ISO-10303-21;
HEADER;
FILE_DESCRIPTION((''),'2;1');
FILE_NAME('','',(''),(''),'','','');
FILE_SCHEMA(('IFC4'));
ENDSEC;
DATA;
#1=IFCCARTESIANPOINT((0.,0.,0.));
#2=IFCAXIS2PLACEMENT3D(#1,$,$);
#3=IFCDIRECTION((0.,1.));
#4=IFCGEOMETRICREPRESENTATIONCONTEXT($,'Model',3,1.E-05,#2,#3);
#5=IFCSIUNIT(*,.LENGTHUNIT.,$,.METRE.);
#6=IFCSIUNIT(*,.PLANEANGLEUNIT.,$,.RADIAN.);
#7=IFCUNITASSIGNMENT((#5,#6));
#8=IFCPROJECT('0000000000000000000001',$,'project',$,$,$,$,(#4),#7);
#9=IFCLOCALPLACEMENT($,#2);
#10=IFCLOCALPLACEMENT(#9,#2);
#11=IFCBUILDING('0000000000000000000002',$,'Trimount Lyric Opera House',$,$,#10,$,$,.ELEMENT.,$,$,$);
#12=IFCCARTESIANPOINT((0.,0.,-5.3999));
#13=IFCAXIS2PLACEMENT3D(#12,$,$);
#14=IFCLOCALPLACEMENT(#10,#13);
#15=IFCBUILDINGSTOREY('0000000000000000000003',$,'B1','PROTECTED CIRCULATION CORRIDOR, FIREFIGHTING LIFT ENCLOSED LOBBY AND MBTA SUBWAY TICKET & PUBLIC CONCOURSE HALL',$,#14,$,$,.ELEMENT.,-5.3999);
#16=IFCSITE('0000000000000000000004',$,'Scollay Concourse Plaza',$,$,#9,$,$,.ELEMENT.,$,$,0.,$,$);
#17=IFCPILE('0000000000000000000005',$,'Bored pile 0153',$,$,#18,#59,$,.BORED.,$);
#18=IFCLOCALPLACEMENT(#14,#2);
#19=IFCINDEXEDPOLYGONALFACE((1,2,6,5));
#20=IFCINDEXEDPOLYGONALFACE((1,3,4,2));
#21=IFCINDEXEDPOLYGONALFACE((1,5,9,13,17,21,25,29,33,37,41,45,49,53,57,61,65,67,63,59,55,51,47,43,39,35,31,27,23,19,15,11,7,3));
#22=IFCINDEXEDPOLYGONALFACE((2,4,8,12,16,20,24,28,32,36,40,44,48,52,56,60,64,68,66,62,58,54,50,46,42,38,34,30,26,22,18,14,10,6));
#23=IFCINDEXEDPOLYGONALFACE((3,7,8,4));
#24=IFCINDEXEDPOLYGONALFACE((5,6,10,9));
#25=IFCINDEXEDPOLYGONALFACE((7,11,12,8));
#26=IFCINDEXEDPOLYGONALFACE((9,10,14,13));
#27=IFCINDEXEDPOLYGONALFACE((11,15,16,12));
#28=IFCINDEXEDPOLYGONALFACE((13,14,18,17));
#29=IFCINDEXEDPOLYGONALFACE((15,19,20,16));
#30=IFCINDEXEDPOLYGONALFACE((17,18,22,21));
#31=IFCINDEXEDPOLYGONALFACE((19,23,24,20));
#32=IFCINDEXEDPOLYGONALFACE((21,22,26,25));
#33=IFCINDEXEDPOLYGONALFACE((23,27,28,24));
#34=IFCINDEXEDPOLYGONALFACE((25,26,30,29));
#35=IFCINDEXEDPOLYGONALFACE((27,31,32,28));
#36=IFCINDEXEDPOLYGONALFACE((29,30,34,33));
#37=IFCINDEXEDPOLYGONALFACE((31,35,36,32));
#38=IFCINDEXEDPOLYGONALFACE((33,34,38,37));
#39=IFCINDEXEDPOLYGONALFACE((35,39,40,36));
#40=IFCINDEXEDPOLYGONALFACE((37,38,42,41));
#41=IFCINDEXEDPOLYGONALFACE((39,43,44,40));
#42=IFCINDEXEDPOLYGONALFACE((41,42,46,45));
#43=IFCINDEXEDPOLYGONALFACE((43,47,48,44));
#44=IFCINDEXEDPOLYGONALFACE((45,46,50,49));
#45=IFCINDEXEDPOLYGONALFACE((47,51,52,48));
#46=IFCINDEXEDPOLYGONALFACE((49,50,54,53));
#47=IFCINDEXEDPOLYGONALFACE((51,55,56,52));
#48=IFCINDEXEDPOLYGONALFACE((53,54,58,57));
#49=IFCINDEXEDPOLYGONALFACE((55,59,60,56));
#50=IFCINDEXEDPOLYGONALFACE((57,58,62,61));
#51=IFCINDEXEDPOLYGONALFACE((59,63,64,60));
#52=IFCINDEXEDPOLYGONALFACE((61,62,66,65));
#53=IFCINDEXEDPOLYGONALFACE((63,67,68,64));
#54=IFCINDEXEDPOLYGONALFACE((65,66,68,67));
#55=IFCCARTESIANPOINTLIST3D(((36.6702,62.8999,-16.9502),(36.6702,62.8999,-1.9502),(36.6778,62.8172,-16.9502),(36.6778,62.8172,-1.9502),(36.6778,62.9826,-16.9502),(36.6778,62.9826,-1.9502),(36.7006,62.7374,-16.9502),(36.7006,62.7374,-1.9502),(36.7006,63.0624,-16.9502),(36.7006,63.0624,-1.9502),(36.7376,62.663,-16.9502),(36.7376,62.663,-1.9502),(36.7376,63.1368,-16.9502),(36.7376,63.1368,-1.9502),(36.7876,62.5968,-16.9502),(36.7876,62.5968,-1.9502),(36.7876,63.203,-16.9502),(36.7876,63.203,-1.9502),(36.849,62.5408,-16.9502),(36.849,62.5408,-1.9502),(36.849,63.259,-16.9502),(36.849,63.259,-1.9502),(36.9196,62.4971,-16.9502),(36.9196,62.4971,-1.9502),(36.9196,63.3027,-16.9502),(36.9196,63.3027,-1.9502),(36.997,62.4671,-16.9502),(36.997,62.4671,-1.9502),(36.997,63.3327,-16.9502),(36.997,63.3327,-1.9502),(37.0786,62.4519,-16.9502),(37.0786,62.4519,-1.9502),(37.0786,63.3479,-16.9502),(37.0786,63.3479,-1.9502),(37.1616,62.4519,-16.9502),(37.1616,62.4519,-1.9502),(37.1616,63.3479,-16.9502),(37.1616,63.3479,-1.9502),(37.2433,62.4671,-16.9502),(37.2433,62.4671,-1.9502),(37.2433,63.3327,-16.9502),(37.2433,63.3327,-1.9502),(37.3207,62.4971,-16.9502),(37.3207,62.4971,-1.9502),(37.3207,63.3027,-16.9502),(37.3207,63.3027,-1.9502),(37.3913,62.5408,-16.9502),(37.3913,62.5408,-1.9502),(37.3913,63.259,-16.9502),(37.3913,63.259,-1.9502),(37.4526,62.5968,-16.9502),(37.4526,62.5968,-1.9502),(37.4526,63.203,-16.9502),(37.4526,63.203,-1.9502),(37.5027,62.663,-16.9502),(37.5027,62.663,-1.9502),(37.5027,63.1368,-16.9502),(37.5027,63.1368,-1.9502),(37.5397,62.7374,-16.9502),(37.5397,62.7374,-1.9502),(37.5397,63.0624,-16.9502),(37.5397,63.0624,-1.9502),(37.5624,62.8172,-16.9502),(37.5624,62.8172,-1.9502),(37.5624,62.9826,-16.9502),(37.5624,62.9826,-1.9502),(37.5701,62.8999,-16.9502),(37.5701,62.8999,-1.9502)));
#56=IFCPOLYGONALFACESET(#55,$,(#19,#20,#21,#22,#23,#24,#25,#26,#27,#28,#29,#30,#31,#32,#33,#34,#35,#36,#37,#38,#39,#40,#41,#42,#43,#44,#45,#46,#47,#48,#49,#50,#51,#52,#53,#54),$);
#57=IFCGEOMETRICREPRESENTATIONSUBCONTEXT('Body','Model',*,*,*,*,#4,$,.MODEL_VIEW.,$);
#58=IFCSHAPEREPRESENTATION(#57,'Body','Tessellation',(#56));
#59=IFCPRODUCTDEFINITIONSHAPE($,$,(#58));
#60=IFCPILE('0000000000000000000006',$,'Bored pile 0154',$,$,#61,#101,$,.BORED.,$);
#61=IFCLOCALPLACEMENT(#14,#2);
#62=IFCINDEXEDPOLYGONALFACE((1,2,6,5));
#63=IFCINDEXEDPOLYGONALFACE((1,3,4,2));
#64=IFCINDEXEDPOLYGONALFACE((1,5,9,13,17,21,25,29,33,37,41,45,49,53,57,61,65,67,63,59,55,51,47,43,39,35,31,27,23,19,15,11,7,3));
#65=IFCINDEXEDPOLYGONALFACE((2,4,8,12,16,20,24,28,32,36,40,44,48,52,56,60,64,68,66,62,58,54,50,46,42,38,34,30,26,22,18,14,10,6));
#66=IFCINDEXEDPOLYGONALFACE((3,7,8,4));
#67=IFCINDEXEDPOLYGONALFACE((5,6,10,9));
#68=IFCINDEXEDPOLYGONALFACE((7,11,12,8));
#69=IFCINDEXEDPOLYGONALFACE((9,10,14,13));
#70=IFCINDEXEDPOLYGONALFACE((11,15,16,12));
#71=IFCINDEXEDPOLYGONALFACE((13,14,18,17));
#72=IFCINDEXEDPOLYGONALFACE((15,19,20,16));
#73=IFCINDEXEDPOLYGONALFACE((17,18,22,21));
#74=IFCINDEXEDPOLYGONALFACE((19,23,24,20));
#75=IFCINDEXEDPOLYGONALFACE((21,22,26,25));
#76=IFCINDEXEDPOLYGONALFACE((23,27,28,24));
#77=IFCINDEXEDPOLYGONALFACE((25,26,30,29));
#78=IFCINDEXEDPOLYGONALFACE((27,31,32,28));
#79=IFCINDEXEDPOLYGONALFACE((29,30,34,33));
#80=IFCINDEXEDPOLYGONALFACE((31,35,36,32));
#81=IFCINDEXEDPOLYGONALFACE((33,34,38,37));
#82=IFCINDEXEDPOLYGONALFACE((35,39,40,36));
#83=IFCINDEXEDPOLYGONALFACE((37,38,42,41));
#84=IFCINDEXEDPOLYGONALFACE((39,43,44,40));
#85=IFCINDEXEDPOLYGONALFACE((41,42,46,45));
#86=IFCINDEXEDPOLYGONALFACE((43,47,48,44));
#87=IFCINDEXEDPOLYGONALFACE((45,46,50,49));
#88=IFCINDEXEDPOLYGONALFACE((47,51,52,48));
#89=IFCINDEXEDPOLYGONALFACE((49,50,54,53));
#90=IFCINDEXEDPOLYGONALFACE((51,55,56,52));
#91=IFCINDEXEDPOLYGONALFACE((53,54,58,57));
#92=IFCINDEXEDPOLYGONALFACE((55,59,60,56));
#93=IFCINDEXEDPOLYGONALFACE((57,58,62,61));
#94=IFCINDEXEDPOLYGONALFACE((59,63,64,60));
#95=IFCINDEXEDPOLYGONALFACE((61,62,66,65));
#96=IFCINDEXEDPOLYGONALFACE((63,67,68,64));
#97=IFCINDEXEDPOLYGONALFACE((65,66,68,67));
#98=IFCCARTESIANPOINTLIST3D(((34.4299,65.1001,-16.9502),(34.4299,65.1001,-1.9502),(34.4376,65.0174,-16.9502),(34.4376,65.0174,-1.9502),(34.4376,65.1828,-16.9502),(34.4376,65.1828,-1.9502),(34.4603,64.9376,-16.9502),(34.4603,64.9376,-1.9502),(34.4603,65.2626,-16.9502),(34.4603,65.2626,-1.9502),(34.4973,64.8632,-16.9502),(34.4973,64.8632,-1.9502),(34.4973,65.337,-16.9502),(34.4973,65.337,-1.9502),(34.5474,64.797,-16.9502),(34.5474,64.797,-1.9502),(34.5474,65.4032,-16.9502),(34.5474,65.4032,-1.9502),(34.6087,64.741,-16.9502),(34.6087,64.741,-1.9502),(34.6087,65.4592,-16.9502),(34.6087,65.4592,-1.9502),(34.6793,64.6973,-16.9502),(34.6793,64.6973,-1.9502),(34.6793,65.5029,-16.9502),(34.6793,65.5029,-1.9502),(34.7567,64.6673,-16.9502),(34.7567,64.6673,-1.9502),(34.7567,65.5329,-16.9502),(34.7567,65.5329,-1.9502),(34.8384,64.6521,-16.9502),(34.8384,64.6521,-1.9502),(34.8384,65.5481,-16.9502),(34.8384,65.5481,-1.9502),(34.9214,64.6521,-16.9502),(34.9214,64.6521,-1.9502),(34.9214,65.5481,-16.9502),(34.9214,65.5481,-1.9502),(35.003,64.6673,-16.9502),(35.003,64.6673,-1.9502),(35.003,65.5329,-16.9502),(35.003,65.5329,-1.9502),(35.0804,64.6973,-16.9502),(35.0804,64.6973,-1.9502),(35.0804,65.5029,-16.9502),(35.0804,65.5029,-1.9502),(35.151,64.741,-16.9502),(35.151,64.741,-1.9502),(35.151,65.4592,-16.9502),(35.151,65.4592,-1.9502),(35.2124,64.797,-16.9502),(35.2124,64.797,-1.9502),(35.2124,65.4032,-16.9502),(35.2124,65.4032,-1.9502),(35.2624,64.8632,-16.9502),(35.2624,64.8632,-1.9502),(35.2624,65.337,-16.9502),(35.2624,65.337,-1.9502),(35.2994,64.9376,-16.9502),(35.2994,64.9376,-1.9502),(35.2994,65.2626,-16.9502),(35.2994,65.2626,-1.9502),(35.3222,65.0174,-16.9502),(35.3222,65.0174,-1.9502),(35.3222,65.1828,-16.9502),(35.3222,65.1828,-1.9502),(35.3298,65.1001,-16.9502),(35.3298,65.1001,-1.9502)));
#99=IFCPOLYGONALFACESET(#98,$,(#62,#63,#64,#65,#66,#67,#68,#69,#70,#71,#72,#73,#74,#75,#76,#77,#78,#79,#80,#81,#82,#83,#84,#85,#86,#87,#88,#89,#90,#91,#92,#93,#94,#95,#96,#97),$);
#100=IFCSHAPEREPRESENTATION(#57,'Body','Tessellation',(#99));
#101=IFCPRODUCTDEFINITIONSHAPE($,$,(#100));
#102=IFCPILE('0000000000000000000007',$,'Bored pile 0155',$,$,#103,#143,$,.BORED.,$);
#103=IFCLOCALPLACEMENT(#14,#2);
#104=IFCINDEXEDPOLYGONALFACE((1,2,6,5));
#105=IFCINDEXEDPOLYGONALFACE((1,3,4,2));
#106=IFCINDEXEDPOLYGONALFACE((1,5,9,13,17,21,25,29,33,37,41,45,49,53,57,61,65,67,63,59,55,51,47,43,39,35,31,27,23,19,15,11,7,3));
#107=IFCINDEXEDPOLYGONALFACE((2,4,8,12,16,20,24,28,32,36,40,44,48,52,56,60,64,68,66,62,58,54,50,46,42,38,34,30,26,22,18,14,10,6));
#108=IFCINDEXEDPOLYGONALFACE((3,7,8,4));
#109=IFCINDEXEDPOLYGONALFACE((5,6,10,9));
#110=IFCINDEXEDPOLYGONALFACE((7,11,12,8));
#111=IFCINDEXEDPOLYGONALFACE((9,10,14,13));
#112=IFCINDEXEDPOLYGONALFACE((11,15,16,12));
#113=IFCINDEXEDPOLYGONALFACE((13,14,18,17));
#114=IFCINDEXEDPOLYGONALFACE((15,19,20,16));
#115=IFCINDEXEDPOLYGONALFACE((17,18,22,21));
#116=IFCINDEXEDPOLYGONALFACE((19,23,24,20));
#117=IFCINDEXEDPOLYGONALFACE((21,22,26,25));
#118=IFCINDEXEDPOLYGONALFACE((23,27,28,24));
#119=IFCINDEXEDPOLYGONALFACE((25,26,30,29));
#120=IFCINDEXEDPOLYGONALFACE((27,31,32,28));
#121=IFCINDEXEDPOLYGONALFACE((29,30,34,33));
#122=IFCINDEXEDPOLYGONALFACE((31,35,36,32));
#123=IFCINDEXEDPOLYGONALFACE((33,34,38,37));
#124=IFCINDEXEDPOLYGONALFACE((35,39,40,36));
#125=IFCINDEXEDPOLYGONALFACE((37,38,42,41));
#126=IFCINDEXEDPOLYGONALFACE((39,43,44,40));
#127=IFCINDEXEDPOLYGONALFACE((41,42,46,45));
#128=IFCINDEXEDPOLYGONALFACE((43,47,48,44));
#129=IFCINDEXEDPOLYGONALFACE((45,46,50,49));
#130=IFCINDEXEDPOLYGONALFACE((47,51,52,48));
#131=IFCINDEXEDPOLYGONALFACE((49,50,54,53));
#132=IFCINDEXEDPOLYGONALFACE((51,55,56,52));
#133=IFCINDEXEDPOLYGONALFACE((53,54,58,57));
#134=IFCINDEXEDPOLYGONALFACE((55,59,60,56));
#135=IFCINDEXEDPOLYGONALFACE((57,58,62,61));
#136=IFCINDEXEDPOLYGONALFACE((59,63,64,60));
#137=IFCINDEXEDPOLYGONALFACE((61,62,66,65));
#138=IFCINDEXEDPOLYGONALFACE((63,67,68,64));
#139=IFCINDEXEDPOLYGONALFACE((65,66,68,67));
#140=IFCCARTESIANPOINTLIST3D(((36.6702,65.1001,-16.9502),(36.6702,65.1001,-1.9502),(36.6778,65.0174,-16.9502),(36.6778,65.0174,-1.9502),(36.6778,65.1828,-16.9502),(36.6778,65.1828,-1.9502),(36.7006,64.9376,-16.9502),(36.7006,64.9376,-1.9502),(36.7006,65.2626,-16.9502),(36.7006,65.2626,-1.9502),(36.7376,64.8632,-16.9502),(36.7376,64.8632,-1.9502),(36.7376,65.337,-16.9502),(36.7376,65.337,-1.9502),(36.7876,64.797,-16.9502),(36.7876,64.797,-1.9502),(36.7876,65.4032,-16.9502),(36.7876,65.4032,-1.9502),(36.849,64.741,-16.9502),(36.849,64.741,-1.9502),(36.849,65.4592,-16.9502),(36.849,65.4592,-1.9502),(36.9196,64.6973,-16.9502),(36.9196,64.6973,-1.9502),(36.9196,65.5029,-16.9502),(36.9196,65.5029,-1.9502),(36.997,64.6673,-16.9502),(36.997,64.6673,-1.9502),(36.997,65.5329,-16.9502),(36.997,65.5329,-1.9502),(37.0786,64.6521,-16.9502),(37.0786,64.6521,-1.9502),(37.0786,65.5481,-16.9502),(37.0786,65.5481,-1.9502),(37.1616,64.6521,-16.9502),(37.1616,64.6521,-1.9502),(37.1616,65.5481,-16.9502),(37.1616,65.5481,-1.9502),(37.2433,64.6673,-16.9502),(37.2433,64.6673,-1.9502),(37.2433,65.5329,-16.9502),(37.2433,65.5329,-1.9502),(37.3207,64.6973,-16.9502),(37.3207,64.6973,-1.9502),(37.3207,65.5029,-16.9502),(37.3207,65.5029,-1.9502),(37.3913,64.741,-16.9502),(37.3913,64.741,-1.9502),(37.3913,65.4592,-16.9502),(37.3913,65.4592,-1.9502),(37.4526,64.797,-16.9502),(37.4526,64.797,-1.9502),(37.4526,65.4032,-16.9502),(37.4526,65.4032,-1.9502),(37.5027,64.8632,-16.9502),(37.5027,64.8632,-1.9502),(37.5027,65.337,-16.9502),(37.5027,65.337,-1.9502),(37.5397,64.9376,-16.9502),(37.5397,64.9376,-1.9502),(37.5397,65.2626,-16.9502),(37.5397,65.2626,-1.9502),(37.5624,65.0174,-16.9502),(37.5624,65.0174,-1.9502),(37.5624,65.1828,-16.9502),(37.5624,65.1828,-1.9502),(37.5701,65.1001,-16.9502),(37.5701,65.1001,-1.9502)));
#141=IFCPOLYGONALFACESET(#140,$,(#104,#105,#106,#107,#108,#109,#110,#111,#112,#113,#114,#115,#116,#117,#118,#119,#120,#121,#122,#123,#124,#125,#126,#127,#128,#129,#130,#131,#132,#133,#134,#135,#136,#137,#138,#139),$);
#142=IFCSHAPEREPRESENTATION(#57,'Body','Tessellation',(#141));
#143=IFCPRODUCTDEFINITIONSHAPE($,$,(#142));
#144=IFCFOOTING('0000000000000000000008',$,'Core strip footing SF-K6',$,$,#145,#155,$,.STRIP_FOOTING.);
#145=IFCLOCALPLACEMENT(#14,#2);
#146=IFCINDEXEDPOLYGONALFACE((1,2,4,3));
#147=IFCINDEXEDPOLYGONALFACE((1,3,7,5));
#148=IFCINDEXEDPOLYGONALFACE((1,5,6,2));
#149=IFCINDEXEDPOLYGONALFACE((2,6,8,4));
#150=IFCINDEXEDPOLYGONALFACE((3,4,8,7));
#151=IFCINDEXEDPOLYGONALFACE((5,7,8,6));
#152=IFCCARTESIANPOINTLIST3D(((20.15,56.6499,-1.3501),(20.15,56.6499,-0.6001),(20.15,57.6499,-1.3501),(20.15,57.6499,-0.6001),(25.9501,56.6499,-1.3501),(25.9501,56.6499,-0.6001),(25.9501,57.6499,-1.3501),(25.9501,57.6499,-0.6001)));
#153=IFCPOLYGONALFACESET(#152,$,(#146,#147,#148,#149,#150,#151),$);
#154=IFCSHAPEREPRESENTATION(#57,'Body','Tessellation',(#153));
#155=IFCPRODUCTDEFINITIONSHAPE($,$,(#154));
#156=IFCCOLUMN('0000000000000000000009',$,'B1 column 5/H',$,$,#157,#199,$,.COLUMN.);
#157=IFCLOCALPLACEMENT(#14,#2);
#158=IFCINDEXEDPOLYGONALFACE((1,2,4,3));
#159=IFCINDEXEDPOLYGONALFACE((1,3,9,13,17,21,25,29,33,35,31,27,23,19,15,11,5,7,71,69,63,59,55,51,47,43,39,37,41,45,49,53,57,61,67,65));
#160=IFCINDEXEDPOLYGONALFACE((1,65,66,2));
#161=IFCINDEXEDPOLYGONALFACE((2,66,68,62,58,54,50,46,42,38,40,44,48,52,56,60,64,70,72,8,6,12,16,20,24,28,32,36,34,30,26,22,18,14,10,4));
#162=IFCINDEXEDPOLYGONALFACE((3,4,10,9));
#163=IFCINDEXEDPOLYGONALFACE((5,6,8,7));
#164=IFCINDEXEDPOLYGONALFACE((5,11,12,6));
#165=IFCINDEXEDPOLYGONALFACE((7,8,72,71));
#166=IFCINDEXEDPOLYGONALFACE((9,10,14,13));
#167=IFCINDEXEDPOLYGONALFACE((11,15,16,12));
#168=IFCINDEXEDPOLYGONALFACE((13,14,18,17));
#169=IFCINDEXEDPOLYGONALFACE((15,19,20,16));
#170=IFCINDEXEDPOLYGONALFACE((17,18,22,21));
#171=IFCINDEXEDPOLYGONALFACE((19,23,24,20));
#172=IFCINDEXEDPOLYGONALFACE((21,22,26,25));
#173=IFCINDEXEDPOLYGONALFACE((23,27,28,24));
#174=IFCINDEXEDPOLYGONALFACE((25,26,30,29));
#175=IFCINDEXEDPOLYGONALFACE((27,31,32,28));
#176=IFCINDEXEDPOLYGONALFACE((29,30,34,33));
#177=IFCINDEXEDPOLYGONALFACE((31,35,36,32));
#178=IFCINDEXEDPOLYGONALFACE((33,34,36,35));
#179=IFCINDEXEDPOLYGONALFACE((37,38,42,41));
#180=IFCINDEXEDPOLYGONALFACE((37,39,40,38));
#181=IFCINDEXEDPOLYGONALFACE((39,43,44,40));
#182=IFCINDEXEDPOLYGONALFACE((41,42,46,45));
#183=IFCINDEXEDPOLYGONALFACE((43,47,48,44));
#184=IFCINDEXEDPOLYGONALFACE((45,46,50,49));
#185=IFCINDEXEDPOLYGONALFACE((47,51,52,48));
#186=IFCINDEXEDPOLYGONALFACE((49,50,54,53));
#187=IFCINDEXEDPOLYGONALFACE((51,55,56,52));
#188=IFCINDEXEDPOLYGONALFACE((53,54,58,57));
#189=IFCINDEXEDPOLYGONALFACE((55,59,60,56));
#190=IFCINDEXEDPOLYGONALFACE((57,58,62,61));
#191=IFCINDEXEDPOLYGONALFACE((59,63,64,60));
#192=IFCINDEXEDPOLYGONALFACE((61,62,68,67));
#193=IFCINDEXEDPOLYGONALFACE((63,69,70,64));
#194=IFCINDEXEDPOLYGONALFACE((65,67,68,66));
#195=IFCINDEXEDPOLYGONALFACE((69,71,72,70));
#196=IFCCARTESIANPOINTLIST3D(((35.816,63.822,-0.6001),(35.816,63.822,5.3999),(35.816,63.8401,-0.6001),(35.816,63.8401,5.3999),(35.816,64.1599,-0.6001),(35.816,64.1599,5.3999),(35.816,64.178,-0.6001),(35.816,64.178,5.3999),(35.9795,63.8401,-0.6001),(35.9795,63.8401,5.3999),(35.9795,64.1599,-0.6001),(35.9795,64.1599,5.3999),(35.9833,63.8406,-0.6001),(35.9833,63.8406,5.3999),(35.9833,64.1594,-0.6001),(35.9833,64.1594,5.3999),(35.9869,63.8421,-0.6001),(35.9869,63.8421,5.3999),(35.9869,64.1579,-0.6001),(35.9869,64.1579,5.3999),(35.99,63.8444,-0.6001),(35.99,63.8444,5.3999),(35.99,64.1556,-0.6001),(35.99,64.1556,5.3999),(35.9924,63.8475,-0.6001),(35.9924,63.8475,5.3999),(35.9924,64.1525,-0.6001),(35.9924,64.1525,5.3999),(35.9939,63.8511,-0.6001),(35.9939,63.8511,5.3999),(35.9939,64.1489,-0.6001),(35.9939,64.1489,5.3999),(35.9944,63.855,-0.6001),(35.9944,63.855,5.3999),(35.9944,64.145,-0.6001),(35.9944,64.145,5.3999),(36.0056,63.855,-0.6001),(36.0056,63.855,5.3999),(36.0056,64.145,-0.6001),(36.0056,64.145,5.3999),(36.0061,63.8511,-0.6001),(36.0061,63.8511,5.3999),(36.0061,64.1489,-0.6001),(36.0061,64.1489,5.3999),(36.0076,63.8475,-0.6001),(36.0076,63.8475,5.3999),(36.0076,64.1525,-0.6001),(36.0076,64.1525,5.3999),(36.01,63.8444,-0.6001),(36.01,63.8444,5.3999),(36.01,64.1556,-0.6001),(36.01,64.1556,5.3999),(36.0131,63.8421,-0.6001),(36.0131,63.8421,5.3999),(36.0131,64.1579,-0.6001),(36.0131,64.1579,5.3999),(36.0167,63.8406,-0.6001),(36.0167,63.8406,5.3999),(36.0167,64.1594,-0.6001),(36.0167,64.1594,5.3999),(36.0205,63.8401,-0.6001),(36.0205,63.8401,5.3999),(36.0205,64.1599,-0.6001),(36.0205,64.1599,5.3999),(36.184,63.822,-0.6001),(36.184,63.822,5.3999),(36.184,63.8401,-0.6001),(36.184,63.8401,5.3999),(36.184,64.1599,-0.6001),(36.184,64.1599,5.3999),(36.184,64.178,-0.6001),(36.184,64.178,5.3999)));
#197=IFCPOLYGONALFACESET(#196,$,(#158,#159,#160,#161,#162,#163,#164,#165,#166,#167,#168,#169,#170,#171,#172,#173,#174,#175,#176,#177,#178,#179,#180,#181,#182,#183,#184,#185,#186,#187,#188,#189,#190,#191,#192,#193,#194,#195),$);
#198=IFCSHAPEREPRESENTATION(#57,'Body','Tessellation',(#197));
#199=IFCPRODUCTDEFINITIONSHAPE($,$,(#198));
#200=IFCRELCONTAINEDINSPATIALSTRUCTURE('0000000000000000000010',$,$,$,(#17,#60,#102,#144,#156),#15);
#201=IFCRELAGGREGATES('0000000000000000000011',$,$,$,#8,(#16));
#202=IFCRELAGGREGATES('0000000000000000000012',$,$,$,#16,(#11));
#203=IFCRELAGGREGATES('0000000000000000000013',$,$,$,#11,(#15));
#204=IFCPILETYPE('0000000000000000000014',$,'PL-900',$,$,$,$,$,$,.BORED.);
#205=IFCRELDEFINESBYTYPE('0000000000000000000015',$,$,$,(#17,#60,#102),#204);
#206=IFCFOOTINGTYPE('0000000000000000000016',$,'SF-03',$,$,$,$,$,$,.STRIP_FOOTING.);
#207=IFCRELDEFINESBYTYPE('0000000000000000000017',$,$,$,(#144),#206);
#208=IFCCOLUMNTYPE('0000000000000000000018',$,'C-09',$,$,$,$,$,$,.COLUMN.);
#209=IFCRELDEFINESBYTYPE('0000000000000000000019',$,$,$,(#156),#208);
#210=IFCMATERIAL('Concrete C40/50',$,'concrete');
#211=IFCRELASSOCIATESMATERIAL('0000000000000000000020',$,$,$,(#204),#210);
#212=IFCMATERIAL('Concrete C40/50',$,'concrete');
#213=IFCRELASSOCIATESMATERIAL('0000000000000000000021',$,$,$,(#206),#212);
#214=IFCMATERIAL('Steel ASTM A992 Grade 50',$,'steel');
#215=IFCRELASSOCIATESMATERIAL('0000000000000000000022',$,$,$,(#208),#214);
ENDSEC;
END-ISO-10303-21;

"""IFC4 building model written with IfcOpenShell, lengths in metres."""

from ifc_helpers import new_model, si_unit, direction, frame, origin, origin_2d, place, context, subcontext, project, spatial, rectangle, circle, i_section, extrude, material, material_profile, profile_set, type_object, element, save


model = new_model("IFC4")

# Units and contexts
model_context = context("Model", 3, precision=1e-05, world=origin(), true_north=direction((0.0, 1.0)))
body_context = subcontext(model_context, "Body", "Model", "MODEL_VIEW")
ifc_project = project(units=[si_unit("LENGTHUNIT", "METRE"), si_unit("PLANEANGLEUNIT", "RADIAN")], contexts=[model_context])

# Site, building, storey
site_placement = place(None, origin())
site = spatial("IfcSite", under=ifc_project, at=site_placement, Name="Scollay Concourse Plaza", CompositionType="ELEMENT", RefElevation=0.0)
building_placement = place(site_placement, origin())
building = spatial("IfcBuilding", under=site, at=building_placement, Name="Trimount Lyric Opera House", CompositionType="ELEMENT")
storey_placement = place(building_placement, frame((0.0, 0.0, -5.3999)))
storey = spatial("IfcBuildingStorey", under=building, at=storey_placement, Name="B1", Description="PROTECTED CIRCULATION CORRIDOR, FIREFIGHTING LIFT ENCLOSED LOBBY AND MBTA SUBWAY TICKET & PUBLIC CONCOURSE HALL", CompositionType="ELEMENT", Elevation=-5.3999)

# Piles
ifc_material_1 = material(Name="Concrete C40/50", Category="concrete")
ifc_material_profile_1 = material_profile(ifc_material_1, circle(Radius=0.45, at=origin_2d()), Name="PILE-D900")
ifc_profile_set_1 = profile_set([ifc_material_profile_1], Name="Concrete C40/50")
pile_type_1 = type_object("IfcPileType", Name="PL-900", PredefinedType="BORED", material=ifc_profile_set_1)
for number, where, z_axis, x_axis, name in (
    (1, (37.1201, 62.8999, -1.9502), (0.0, 0.0, -1.0), (1.0, 0.0, 0.0), "Bored pile 0153"),
    (2, (34.8799, 65.1001, -1.9502), (0.0, 0.0, -1.0), (1.0, 0.0, 0.0), "Bored pile 0154"),
    (3, (37.1201, 65.1001, -1.9502), (0.0, 0.0, -1.0), (1.0, 0.0, 0.0), "Bored pile 0155"),
):
    element("IfcPile", number, at=place(storey_placement, frame(where, z_axis=z_axis, x_axis=x_axis)), inside=storey, type_object=pile_type_1, Name=name, PredefinedType="BORED", context=body_context, shape_type="SweptSolid", body=[
        extrude(circle(Radius=0.45, at=origin_2d()), origin(), (0.0, 0.0, 1.0), 15.0),
    ])

# Footing
ifc_material_2 = material(Name="Concrete C40/50", Category="concrete")
footing_type_1 = type_object("IfcFootingType", Name="SF-03", PredefinedType="STRIP_FOOTING", material=ifc_material_2)
footing_1_placement = place(storey_placement, frame((23.05, 57.1499, -1.3501), z_axis=(0.0, 0.0, 1.0), x_axis=(1.0, 0.0, 0.0)))
element("IfcFooting", 4, at=footing_1_placement, inside=storey, type_object=footing_type_1, Name="Core strip footing SF-K6", PredefinedType="STRIP_FOOTING", context=body_context, shape_type="SweptSolid", body=[
    extrude(rectangle(XDim=5.8, YDim=1.0, at=origin_2d()), origin(), (0.0, 0.0, 1.0), 0.75),
])

# Column
ifc_material_3 = material(Name="Steel ASTM A992 Grade 50", Category="steel")
ifc_material_profile_2 = material_profile(ifc_material_3, i_section(OverallWidth=0.3679, OverallDepth=0.356, WebThickness=0.0112, FlangeThickness=0.0181, FilletRadius=0.0149, at=origin_2d()), Name="W14X90")
ifc_profile_set_2 = profile_set([ifc_material_profile_2], Name="Steel ASTM A992 Grade 50")
column_type_1 = type_object("IfcColumnType", Name="C-09", PredefinedType="COLUMN", material=ifc_profile_set_2)
column_1_placement = place(storey_placement, frame((36.0, 64.0, -0.6001), z_axis=(0.0, 0.0, 1.0), x_axis=(1.0, 0.0, 0.0)))
element("IfcColumn", 5, at=column_1_placement, inside=storey, type_object=column_type_1, Name="B1 column 5/H", PredefinedType="COLUMN", context=body_context, shape_type="SweptSolid", body=[
    extrude(i_section(OverallWidth=0.3679, OverallDepth=0.356, WebThickness=0.0112, FlangeThickness=0.0181, FilletRadius=0.0149, at=origin_2d()), origin(), (0.0, 0.0, 1.0), 6.0),
])

save(model, "model.ifc")
